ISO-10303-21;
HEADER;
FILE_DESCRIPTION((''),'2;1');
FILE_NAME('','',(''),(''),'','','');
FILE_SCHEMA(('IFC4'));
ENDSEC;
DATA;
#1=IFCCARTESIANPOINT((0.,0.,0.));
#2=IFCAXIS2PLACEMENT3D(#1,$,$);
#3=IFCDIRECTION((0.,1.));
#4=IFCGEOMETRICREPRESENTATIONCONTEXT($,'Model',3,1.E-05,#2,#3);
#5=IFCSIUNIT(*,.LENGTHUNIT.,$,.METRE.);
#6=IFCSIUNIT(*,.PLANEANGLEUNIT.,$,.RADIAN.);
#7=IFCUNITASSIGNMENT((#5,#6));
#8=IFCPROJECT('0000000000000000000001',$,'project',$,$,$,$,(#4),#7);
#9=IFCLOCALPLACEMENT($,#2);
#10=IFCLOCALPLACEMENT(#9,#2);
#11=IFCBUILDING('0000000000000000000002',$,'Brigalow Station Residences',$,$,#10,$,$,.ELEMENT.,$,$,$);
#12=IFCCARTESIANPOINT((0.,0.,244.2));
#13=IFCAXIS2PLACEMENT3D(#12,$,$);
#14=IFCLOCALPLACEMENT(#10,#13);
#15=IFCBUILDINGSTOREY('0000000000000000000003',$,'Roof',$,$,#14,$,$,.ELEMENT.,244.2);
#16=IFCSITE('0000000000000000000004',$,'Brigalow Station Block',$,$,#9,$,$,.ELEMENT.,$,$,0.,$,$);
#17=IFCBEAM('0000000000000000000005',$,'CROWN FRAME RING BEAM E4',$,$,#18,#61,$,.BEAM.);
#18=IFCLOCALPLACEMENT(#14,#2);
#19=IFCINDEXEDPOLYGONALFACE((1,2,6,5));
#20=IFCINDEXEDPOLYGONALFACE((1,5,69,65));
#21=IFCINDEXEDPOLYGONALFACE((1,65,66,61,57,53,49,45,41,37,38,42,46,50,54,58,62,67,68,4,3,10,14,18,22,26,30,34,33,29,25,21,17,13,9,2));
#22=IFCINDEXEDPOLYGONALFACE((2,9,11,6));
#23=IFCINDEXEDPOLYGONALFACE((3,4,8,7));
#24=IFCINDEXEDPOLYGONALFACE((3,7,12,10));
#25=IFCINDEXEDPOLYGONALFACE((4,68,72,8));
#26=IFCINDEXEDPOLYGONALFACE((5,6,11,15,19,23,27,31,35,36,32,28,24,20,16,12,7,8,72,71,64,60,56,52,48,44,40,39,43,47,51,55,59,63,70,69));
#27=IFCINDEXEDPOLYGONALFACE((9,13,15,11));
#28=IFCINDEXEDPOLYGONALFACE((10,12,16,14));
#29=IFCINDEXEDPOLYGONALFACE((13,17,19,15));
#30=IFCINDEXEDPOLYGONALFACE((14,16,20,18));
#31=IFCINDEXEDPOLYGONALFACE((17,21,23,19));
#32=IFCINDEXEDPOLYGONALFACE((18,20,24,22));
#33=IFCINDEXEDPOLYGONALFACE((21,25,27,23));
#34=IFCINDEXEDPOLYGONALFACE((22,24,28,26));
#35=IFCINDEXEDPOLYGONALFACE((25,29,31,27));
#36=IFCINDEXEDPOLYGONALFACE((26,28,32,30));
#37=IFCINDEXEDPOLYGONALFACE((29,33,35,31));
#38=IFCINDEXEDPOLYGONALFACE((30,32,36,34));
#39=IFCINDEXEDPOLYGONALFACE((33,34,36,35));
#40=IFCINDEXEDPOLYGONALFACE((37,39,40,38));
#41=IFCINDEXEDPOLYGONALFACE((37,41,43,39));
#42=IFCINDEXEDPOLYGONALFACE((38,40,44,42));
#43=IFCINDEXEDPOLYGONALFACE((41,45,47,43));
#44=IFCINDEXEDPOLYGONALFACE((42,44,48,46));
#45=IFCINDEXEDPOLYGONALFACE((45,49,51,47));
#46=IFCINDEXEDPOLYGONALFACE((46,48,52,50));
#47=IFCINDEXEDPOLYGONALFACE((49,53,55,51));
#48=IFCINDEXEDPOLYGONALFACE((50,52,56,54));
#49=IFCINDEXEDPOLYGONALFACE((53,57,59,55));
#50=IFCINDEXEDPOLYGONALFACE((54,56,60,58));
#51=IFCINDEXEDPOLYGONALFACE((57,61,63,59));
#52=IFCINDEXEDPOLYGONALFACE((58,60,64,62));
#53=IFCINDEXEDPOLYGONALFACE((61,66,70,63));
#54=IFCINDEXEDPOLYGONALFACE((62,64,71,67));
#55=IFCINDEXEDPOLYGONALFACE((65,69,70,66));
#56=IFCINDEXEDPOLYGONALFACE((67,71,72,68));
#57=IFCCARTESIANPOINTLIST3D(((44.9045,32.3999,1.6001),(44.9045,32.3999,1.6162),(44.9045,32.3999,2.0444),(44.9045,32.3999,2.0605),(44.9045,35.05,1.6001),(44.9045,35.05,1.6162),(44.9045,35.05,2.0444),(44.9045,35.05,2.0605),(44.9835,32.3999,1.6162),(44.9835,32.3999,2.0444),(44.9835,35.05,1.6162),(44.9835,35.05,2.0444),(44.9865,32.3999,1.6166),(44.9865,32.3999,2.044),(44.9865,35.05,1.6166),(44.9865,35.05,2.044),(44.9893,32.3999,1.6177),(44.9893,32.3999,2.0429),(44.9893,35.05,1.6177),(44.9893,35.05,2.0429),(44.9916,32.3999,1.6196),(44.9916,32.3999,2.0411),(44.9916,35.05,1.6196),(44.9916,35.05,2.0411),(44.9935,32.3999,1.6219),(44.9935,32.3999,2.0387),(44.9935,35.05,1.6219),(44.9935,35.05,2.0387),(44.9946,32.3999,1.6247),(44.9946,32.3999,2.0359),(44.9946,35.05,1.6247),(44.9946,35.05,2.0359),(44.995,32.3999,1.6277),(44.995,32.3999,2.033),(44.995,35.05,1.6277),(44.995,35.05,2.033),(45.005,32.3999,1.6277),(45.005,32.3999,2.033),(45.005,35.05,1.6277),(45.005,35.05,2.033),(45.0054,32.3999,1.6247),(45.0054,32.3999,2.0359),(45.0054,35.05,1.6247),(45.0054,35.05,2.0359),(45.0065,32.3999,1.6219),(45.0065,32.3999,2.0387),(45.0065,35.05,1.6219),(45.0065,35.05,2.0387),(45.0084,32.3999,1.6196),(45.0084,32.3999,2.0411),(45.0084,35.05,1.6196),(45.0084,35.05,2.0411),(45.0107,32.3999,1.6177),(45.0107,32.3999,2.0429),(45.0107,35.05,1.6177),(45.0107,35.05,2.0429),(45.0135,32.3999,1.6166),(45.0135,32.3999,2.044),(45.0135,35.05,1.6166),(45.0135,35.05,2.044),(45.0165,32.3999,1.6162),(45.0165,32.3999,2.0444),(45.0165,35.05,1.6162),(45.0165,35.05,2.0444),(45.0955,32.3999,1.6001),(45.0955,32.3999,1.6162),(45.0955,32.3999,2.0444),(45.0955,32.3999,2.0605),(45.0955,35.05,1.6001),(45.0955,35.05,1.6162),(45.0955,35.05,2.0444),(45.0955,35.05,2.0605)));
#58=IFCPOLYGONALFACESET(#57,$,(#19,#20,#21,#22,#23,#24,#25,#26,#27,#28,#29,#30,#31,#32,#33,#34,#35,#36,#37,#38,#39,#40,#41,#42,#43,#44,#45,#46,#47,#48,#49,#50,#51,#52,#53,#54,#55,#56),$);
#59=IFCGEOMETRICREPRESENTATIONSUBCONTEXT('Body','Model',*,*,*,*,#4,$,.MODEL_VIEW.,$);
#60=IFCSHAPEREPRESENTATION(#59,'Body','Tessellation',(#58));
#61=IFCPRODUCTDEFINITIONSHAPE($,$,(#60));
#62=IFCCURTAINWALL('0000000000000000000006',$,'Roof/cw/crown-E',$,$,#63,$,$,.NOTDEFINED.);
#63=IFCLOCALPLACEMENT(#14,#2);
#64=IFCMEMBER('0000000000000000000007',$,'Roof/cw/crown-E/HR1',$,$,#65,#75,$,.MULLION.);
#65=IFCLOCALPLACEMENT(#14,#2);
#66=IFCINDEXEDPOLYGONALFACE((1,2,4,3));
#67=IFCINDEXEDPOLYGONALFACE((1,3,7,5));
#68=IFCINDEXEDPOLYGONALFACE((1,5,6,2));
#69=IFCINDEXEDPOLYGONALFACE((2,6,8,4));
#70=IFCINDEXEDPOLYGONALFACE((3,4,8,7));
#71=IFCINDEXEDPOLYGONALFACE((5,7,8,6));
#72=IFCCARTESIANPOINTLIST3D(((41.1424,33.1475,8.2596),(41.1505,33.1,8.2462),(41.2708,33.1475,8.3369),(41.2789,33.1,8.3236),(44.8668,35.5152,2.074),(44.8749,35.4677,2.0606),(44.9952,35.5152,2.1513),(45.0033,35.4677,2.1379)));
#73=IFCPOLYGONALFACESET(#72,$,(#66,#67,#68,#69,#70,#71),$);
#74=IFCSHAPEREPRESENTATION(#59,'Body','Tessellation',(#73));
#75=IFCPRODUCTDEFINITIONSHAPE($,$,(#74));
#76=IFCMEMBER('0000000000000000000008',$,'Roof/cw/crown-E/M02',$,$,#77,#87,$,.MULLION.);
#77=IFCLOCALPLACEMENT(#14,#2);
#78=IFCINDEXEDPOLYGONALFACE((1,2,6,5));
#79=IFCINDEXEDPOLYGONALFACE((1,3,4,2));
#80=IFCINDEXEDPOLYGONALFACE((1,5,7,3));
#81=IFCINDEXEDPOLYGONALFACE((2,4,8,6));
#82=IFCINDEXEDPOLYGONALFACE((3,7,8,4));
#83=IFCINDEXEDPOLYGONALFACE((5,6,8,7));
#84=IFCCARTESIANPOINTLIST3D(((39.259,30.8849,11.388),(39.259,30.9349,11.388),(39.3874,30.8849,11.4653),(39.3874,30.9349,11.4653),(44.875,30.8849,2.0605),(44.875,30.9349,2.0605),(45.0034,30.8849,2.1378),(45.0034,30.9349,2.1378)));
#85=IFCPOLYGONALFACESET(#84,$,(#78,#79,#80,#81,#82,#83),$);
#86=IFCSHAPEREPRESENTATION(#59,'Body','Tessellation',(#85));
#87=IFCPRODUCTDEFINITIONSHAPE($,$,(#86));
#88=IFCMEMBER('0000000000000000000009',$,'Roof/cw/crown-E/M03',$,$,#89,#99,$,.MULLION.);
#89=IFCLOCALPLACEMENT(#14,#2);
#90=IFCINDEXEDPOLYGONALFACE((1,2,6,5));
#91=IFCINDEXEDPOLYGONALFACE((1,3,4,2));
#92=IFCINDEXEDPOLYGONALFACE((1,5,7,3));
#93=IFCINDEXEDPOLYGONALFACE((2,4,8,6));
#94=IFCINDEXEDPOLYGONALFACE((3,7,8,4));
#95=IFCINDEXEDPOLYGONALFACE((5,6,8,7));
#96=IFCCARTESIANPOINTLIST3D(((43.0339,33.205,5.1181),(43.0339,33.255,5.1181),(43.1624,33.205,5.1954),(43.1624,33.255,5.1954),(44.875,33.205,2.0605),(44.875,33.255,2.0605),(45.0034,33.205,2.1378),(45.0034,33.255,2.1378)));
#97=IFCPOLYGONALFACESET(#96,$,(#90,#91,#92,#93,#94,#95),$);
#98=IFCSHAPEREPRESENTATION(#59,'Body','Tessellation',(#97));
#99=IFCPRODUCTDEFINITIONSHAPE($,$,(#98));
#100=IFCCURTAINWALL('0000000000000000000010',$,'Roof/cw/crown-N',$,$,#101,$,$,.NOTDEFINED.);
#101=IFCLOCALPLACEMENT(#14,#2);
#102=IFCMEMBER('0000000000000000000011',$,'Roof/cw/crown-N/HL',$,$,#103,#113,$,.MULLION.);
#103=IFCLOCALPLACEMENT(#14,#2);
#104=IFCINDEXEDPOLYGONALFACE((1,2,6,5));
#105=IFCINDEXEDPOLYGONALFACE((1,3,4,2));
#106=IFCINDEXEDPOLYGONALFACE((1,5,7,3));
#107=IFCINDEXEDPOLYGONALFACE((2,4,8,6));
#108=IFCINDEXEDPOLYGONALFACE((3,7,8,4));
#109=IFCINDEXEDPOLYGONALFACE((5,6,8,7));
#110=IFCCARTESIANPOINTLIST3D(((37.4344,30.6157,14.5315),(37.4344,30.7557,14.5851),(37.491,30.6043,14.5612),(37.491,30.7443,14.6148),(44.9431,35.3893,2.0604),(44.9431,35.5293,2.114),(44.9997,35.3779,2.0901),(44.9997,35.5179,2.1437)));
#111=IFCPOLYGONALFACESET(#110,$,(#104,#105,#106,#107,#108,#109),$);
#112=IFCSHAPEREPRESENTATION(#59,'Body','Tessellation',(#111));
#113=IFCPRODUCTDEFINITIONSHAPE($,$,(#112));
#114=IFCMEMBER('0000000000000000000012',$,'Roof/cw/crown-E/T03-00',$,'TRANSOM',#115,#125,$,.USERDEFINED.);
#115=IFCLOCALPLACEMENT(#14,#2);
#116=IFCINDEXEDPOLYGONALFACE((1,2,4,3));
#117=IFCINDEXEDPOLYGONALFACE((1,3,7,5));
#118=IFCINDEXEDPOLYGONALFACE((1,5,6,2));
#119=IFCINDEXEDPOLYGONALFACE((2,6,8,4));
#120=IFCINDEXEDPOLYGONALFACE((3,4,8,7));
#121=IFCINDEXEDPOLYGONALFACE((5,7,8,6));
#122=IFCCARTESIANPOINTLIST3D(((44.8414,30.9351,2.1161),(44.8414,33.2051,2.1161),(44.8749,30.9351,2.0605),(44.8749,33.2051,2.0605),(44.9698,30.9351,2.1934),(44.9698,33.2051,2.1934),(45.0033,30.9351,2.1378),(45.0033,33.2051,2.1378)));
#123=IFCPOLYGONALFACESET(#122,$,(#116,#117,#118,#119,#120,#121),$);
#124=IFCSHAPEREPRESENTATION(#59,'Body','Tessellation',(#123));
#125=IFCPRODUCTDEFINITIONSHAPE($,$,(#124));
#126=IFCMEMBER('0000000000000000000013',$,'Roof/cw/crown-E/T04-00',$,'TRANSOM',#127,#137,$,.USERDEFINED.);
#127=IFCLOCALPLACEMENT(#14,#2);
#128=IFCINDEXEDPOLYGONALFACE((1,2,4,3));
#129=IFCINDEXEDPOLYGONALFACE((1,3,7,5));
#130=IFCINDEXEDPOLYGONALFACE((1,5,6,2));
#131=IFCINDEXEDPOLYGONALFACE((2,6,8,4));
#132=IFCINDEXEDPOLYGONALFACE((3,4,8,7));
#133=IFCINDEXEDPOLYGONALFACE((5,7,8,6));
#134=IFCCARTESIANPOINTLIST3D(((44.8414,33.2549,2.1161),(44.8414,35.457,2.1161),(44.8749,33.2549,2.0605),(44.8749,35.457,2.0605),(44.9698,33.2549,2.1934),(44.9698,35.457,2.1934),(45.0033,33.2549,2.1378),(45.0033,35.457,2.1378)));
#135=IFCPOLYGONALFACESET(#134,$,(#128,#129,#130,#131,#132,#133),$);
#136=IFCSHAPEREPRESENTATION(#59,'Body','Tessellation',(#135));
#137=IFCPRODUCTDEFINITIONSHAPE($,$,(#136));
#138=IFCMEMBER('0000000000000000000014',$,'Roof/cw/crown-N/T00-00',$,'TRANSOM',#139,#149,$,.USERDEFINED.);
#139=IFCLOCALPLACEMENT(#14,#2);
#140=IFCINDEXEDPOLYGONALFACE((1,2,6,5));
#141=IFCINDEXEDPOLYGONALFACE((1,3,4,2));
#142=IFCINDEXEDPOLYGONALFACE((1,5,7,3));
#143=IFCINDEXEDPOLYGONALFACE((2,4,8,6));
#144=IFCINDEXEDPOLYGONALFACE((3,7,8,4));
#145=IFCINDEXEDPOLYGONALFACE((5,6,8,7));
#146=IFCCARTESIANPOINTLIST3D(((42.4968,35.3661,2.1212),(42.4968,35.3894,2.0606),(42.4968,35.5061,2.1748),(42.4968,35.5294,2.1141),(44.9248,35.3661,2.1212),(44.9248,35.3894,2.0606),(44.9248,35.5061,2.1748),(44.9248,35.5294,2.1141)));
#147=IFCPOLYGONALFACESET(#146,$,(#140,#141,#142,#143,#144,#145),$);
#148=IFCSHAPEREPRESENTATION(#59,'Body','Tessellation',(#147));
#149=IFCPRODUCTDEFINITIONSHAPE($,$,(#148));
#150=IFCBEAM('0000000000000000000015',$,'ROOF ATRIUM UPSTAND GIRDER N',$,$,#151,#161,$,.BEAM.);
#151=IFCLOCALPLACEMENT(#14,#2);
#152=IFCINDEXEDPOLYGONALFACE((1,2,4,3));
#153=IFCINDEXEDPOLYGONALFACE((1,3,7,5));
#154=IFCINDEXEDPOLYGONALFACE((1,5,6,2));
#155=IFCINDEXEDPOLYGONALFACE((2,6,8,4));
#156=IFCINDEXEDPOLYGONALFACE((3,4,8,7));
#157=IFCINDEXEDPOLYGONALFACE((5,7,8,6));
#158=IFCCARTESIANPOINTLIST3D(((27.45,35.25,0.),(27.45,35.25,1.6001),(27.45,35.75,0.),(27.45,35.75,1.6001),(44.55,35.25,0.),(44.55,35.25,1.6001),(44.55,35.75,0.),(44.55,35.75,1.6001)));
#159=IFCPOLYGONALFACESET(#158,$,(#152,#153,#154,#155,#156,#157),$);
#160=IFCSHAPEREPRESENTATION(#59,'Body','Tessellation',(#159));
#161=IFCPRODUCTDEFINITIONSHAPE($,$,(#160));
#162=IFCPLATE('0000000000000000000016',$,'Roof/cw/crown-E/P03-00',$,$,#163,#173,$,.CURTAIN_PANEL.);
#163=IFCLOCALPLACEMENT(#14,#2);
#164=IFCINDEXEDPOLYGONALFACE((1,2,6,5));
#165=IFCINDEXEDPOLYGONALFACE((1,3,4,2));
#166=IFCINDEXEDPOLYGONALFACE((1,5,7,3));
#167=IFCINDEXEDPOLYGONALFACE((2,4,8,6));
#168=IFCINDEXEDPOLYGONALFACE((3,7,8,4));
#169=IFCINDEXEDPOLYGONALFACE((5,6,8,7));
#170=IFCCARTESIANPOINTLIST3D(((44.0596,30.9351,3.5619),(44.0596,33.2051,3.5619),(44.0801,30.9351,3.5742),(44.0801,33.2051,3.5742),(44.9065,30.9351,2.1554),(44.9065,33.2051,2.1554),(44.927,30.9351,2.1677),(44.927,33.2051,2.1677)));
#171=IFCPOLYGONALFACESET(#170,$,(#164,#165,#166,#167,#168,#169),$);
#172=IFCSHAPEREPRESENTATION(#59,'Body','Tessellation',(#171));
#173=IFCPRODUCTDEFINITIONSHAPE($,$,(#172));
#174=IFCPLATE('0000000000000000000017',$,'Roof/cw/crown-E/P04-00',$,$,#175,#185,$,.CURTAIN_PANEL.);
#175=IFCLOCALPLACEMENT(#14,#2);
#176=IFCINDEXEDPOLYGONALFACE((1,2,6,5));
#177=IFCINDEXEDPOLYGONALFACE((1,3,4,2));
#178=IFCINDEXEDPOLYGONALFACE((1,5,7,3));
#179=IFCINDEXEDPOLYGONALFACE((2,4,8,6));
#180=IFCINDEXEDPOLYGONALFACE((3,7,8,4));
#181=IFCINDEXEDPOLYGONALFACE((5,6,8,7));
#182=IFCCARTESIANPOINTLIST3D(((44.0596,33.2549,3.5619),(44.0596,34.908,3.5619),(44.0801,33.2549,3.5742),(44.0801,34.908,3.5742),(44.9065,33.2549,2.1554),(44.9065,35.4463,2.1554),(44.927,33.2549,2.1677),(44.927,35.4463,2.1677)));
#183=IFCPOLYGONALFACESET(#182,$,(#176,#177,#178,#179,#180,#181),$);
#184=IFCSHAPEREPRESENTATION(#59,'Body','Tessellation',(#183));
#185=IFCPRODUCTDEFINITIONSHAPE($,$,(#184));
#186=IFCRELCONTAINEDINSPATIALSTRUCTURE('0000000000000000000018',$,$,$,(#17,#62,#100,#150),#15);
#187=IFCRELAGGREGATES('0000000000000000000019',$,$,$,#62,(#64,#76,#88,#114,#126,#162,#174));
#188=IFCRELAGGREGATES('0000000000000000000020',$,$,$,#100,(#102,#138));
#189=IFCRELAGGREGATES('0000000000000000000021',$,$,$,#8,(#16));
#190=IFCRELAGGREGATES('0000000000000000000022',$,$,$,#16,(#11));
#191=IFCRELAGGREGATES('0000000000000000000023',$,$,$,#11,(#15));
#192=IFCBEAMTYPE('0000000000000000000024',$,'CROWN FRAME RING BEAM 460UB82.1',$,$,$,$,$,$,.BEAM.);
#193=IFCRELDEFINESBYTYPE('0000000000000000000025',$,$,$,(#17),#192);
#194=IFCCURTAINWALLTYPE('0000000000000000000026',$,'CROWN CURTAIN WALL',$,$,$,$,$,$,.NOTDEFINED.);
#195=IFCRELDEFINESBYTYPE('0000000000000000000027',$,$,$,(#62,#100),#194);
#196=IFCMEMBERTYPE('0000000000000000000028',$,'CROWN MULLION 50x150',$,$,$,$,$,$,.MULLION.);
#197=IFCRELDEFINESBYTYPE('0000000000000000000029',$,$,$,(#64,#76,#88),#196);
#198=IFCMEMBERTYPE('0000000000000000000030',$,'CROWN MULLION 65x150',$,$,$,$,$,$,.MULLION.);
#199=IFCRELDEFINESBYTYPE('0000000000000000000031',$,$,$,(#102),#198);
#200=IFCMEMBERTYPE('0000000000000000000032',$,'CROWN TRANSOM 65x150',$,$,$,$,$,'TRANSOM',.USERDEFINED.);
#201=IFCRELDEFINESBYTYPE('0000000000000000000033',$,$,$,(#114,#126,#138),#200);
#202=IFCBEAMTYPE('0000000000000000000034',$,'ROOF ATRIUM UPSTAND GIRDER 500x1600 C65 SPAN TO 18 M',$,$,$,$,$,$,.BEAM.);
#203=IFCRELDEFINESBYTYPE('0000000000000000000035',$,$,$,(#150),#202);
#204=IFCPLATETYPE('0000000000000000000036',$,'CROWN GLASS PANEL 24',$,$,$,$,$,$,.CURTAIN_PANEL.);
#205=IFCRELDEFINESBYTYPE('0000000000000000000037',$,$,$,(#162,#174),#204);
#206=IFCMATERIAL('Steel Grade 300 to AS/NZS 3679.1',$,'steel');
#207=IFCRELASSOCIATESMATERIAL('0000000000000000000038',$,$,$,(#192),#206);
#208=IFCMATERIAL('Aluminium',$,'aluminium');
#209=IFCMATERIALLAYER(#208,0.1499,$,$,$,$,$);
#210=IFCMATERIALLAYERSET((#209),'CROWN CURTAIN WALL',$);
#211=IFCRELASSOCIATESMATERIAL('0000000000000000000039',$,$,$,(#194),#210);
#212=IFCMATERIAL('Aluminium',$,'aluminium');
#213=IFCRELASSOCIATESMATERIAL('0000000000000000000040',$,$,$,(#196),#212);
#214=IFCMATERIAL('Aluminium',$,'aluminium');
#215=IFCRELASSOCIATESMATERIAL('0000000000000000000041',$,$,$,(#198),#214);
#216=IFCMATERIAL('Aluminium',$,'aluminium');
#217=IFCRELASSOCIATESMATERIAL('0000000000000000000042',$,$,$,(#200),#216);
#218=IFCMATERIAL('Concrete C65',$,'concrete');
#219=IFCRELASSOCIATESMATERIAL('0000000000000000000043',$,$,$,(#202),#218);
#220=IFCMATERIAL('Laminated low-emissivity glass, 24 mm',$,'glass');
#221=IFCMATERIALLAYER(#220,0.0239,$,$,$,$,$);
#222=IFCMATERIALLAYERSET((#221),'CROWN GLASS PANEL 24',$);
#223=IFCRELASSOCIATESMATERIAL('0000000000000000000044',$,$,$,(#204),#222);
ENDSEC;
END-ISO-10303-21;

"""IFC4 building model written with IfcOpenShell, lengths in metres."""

from ifc_helpers import new_model, si_unit, direction, frame, origin, origin_2d, place, context, subcontext, project, spatial, polyline, rectangle, i_section, outline, extrude, material, layer, layer_set, material_profile, profile_set, type_object, element, aggregate, save


model = new_model("IFC4")

# Units and contexts
model_context = context("Model", 3, precision=1e-05, world=origin(), true_north=direction((0.0, 1.0)))
body_context = subcontext(model_context, "Body", "Model", "MODEL_VIEW")
ifc_project = project(units=[si_unit("LENGTHUNIT", "METRE"), si_unit("PLANEANGLEUNIT", "RADIAN")], contexts=[model_context])

# Site, building, storey
site_placement = place(None, origin())
site = spatial("IfcSite", under=ifc_project, at=site_placement, Name="Brigalow Station Block", CompositionType="ELEMENT", RefElevation=0.0)
building_placement = place(site_placement, origin())
building = spatial("IfcBuilding", under=site, at=building_placement, Name="Brigalow Station Residences", CompositionType="ELEMENT")
storey_placement = place(building_placement, frame((0.0, 0.0, 244.2)))
storey = spatial("IfcBuildingStorey", under=building, at=storey_placement, Name="Roof", CompositionType="ELEMENT", Elevation=244.2)

# Beam
ifc_material_1 = material(Name="Steel Grade 300 to AS/NZS 3679.1", Category="steel")
ifc_material_profile_1 = material_profile(ifc_material_1, i_section(OverallWidth=0.1909, OverallDepth=0.4604, WebThickness=0.01, FlangeThickness=0.0161, FilletRadius=0.0115, at=origin_2d()), Name="460UB82.1")
ifc_profile_set_1 = profile_set([ifc_material_profile_1], Name="Steel Grade 300 to AS/NZS 3679.1")
beam_type_1 = type_object("IfcBeamType", Name="CROWN FRAME RING BEAM 460UB82.1", PredefinedType="BEAM", material=ifc_profile_set_1)
beam_1_placement = place(storey_placement, frame((45.0, 32.3999, 1.8303), z_axis=(0.0, 1.0, 0.0), x_axis=(-1.0, 0.0, 0.0)))
element("IfcBeam", 1, at=beam_1_placement, inside=storey, type_object=beam_type_1, Name="CROWN FRAME RING BEAM E4", PredefinedType="BEAM", context=body_context, shape_type="SweptSolid", body=[
    extrude(i_section(OverallWidth=0.1909, OverallDepth=0.4604, WebThickness=0.01, FlangeThickness=0.0161, FilletRadius=0.0115, at=origin_2d()), origin(), (0.0, 0.0, 1.0), 2.6501),
])

# Curtain wall, members
ifc_material_2 = material(Name="Aluminium", Category="aluminium")
ifc_layer_1 = layer(ifc_material_2, 0.1499)
ifc_layer_set_1 = layer_set([ifc_layer_1], Name="CROWN CURTAIN WALL")
curtain_wall_type = type_object("IfcCurtainWallType", Name="CROWN CURTAIN WALL", PredefinedType="NOTDEFINED", material=ifc_layer_set_1)
curtain_wall_1_placement = place(storey_placement, origin())
curtain_wall_1 = element("IfcCurtainWall", 2, at=curtain_wall_1_placement, inside=storey, type_object=curtain_wall_type, Name="Roof/cw/crown-E", PredefinedType="NOTDEFINED")
ifc_material_3 = material(Name="Aluminium", Category="aluminium")
ifc_material_profile_2 = material_profile(ifc_material_3, rectangle(XDim=0.05, YDim=0.1499, at=origin_2d()), Name="CROWN MULLION 50x150")
ifc_profile_set_2 = profile_set([ifc_material_profile_2], Name="Aluminium")
member_type_1 = type_object("IfcMemberType", Name="CROWN MULLION 50x150", PredefinedType="MULLION", material=ifc_profile_set_2)
member_1_placement = place(storey_placement, frame((44.9351, 35.4915, 2.106), z_axis=(-0.490142, -0.311596, 0.814044), x_axis=(0.160707, -0.950215, -0.266956)))
member_1 = element("IfcMember", 3, at=member_1_placement, type_object=member_type_1, Name="Roof/cw/crown-E/HR1", PredefinedType="MULLION", context=body_context, shape_type="SweptSolid", body=[
    extrude(rectangle(XDim=0.05, YDim=0.1499, at=origin_2d()), origin(), (0.0, 0.0, 1.0), 7.5986),
])
member_2_placement = place(storey_placement, frame((44.9392, 30.9099, 2.0991), z_axis=(-0.515814, 0.0, 0.8567), x_axis=(0.0, -1.0, 0.0)))
member_2 = element("IfcMember", 4, at=member_2_placement, type_object=member_type_1, Name="Roof/cw/crown-E/M02", PredefinedType="MULLION", context=body_context, shape_type="SweptSolid", body=[
    extrude(rectangle(XDim=0.05, YDim=0.1499, at=origin_2d()), origin(), (0.0, 0.0, 1.0), 10.8877),
])
member_3_placement = place(storey_placement, frame((44.9392, 33.23, 2.0991), z_axis=(-0.515833, 0.0, 0.856689), x_axis=(0.0, -1.0, 0.0)))
member_3 = element("IfcMember", 5, at=member_3_placement, type_object=member_type_1, Name="Roof/cw/crown-E/M03", PredefinedType="MULLION", context=body_context, shape_type="SweptSolid", body=[
    extrude(rectangle(XDim=0.05, YDim=0.1499, at=origin_2d()), origin(), (0.0, 0.0, 1.0), 3.5691),
])

# Curtain wall, member
curtain_wall_2_placement = place(storey_placement, origin())
curtain_wall_2 = element("IfcCurtainWall", 6, at=curtain_wall_2_placement, inside=storey, type_object=curtain_wall_type, Name="Roof/cw/crown-N", PredefinedType="NOTDEFINED")
ifc_material_4 = material(Name="Aluminium", Category="aluminium")
ifc_material_profile_3 = material_profile(ifc_material_4, rectangle(XDim=0.0649, YDim=0.1499, at=origin_2d()), Name="CROWN MULLION 65x150")
ifc_profile_set_3 = profile_set([ifc_material_profile_3], Name="Aluminium")
member_type_2 = type_object("IfcMemberType", Name="CROWN MULLION 65x150", PredefinedType="MULLION", material=ifc_profile_set_3)
member_4_placement = place(storey_placement, frame((44.9714, 35.4536, 2.1021), z_axis=(-0.490132, -0.311599, 0.81405), x_axis=(0.871648, -0.175226, 0.457739)))
member_4 = element("IfcMember", 7, at=member_4_placement, type_object=member_type_2, Name="Roof/cw/crown-N/HL", PredefinedType="MULLION", context=body_context, shape_type="SweptSolid", body=[
    extrude(rectangle(XDim=0.0649, YDim=0.1499, at=origin_2d()), origin(), (0.0, 0.0, 1.0), 15.3198),
])

# Members
ifc_material_5 = material(Name="Aluminium", Category="aluminium")
ifc_material_profile_4 = material_profile(ifc_material_5, rectangle(XDim=0.0649, YDim=0.1499, at=origin_2d()), Name="CROWN TRANSOM 65x150")
ifc_profile_set_4 = profile_set([ifc_material_profile_4], Name="Aluminium")
member_type_3 = type_object("IfcMemberType", Name="CROWN TRANSOM 65x150", ElementType="TRANSOM", PredefinedType="USERDEFINED", material=ifc_profile_set_4)
member_5_placement = place(storey_placement, frame((44.9224, 30.9351, 2.127), z_axis=(0.0, 1.0, 0.0), x_axis=(-0.515813, 0.0, 0.856701)))
member_5 = element("IfcMember", 8, at=member_5_placement, type_object=member_type_3, Name="Roof/cw/crown-E/T03-00", ObjectType="TRANSOM", PredefinedType="USERDEFINED", context=body_context, shape_type="SweptSolid", body=[
    extrude(rectangle(XDim=0.0649, YDim=0.1499, at=origin_2d()), origin(), (0.0, 0.0, 1.0), 2.27),
])
member_6_placement = place(storey_placement, frame((44.9224, 33.2549, 2.127), z_axis=(0.0, 1.0, 0.0), x_axis=(-0.515813, 0.0, 0.856701)))
member_6 = element("IfcMember", 9, at=member_6_placement, type_object=member_type_3, Name="Roof/cw/crown-E/T04-00", ObjectType="TRANSOM", PredefinedType="USERDEFINED", context=body_context, shape_type="SweptSolid", body=[
    extrude(rectangle(XDim=0.0649, YDim=0.1499, at=origin_2d()), origin(), (0.0, 0.0, 1.0), 2.2021),
])
member_7_placement = place(storey_placement, frame((44.9248, 35.4478, 2.1177), z_axis=(-1.0, 0.0, 0.0), x_axis=(0.0, -0.357491, 0.933917)))
member_7 = element("IfcMember", 10, at=member_7_placement, type_object=member_type_3, Name="Roof/cw/crown-N/T00-00", ObjectType="TRANSOM", PredefinedType="USERDEFINED", context=body_context, shape_type="SweptSolid", body=[
    extrude(rectangle(XDim=0.0649, YDim=0.1499, at=origin_2d()), origin(), (0.0, 0.0, 1.0), 2.428),
])

# Beam
ifc_material_6 = material(Name="Concrete C65", Category="concrete")
ifc_material_profile_5 = material_profile(ifc_material_6, rectangle(XDim=0.5, YDim=1.6001, at=origin_2d()), Name="RC500x1600")
ifc_profile_set_5 = profile_set([ifc_material_profile_5], Name="Concrete C65")
beam_type_2 = type_object("IfcBeamType", Name="ROOF ATRIUM UPSTAND GIRDER 500x1600 C65 SPAN TO 18 M", PredefinedType="BEAM", material=ifc_profile_set_5)
beam_2_placement = place(storey_placement, frame((44.55, 35.5, 0.8), z_axis=(-1.0, 0.0, 0.0), x_axis=(0.0, -1.0, 0.0)))
element("IfcBeam", 11, at=beam_2_placement, inside=storey, type_object=beam_type_2, Name="ROOF ATRIUM UPSTAND GIRDER N", PredefinedType="BEAM", context=body_context, shape_type="SweptSolid", body=[
    extrude(rectangle(XDim=0.5, YDim=1.6001, at=origin_2d()), origin(), (0.0, 0.0, 1.0), 17.1001),
])

# Plates
ifc_material_7 = material(Name="Laminated low-emissivity glass, 24 mm", Category="glass")
ifc_layer_2 = layer(ifc_material_7, 0.0239)
ifc_layer_set_2 = layer_set([ifc_layer_2], Name="CROWN GLASS PANEL 24")
plate_type = type_object("IfcPlateType", Name="CROWN GLASS PANEL 24", PredefinedType="CURTAIN_PANEL", material=ifc_layer_set_2)
plate_1_placement = place(storey_placement, frame((44.927, 30.9351, 2.1677), z_axis=(0.856678, 0.0, 0.515851), x_axis=(0.0, 1.0, 0.0)))
plate_1 = element("IfcPlate", 12, at=plate_1_placement, type_object=plate_type, Name="Roof/cw/crown-E/P03-00", PredefinedType="CURTAIN_PANEL", context=body_context, shape_type="SweptSolid", body=[
    extrude(outline(polyline([(0.0, 0.0), (2.27, 0.0), (2.27, 1.6418), (0.0, 1.6418), (0.0, 0.0)])), origin(), (0.0, 0.0, -1.0), 0.0239),
])
plate_2_placement = place(storey_placement, frame((44.927, 33.2549, 2.1677), z_axis=(0.856678, 0.0, 0.515851), x_axis=(0.0, 1.0, 0.0)))
plate_2 = element("IfcPlate", 13, at=plate_2_placement, type_object=plate_type, Name="Roof/cw/crown-E/P04-00", PredefinedType="CURTAIN_PANEL", context=body_context, shape_type="SweptSolid", body=[
    extrude(outline(polyline([(0.0, 0.0), (2.1914, 0.0), (1.6531, 1.6418), (0.0, 1.6418), (0.0, 0.0)])), origin(), (0.0, 0.0, -1.0), 0.0239),
])
aggregate(curtain_wall_1, [member_1, member_2, member_3, member_5, member_6, plate_1, plate_2])
aggregate(curtain_wall_2, [member_4, member_7])

save(model, "model.ifc")
